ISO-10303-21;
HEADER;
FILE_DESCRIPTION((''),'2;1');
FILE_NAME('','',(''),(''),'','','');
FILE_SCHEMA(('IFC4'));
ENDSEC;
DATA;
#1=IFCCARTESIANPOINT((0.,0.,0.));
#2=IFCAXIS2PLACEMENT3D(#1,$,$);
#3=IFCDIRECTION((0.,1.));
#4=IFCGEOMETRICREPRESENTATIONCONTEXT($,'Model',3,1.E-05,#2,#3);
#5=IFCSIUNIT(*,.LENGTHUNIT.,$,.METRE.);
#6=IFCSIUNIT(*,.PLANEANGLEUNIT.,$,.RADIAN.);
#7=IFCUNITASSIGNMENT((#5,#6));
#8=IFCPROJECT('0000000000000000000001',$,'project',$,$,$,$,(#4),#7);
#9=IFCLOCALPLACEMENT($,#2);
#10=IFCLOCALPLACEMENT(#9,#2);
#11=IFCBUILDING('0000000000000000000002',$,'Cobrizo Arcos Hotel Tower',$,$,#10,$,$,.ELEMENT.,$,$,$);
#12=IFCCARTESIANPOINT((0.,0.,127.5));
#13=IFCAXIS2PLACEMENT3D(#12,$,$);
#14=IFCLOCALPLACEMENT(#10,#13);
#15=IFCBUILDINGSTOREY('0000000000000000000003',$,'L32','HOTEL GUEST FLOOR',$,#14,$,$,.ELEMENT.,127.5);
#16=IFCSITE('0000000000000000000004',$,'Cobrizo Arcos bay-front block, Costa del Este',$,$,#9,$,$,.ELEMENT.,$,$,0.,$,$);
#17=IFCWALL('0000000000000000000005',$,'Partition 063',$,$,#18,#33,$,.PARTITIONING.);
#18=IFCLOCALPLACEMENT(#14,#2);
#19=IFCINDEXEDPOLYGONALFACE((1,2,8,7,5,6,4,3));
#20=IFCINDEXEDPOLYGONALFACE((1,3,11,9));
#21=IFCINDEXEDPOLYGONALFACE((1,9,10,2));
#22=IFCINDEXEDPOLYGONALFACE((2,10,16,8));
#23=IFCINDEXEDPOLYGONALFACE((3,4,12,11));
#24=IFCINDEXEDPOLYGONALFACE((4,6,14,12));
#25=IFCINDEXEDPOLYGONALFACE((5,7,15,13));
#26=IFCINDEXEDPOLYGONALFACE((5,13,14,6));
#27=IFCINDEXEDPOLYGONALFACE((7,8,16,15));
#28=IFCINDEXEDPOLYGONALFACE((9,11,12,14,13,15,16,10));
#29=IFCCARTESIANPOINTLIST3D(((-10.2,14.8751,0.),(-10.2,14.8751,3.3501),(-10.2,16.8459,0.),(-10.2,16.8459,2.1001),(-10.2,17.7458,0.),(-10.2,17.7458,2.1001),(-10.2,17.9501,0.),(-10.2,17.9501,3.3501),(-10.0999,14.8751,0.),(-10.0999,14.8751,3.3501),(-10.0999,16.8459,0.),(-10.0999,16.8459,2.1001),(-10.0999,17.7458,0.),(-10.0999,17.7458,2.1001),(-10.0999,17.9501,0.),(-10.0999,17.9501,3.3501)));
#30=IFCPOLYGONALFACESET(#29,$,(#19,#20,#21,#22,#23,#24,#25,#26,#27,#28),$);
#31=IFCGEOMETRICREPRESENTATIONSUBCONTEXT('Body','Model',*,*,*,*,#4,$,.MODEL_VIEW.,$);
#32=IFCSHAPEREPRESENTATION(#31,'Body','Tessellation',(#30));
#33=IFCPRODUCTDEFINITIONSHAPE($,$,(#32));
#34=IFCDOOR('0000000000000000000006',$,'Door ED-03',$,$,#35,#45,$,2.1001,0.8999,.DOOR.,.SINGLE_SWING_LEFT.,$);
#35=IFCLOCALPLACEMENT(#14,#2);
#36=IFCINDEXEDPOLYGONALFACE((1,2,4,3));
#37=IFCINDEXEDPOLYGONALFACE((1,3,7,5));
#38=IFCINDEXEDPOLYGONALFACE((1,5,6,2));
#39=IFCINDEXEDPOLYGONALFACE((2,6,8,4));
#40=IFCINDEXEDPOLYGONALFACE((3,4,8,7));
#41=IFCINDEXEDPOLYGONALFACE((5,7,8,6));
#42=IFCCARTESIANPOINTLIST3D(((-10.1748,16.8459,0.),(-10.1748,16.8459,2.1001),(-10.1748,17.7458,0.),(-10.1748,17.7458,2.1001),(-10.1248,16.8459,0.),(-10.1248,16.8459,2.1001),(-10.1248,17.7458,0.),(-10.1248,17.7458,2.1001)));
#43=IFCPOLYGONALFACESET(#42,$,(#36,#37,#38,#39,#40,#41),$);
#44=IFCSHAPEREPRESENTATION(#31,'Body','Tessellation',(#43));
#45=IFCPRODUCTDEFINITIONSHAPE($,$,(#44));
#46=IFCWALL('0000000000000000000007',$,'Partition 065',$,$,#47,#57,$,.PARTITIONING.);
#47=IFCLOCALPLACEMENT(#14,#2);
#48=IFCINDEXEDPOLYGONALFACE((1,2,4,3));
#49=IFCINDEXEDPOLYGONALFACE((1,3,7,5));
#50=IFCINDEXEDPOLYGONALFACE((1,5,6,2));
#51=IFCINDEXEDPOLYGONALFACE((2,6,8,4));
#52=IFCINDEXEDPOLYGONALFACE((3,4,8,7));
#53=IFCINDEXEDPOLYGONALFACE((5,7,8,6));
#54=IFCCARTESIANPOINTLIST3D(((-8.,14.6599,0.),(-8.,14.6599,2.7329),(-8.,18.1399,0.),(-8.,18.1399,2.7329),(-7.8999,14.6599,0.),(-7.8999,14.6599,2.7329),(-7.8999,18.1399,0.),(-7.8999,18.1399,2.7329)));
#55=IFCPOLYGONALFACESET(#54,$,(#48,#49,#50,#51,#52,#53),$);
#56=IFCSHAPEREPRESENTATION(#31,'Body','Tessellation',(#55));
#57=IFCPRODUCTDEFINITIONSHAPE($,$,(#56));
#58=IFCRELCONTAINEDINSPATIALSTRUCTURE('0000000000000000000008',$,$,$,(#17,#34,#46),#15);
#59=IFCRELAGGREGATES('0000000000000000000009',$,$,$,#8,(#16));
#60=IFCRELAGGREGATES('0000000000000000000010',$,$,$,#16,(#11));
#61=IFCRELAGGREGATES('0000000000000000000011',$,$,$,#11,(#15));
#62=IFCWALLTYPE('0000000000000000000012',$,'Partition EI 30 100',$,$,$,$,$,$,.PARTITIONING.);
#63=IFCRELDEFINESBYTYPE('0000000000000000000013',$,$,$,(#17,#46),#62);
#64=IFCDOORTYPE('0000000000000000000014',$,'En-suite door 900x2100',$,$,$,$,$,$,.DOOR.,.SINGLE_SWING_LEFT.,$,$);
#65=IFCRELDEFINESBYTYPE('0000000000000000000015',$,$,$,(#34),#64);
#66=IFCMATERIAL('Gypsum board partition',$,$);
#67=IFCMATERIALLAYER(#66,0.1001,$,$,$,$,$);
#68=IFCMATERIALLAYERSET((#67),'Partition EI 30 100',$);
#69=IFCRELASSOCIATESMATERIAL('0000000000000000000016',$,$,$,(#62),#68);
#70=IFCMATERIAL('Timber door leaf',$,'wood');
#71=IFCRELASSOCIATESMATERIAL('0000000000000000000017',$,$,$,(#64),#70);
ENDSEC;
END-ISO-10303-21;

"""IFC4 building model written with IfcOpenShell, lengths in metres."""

from ifc_helpers import new_model, si_unit, direction, frame, frame_2d, origin, place, context, subcontext, project, spatial, rectangle, extrude, material, layer, layer_set, type_object, element, fill, save


model = new_model("IFC4")

# Units and contexts
model_context = context("Model", 3, precision=1e-05, world=origin(), true_north=direction((0.0, 1.0)))
body_context = subcontext(model_context, "Body", "Model", "MODEL_VIEW")
ifc_project = project(units=[si_unit("LENGTHUNIT", "METRE"), si_unit("PLANEANGLEUNIT", "RADIAN")], contexts=[model_context])

# Site, building, storey
site_placement = place(None, origin())
site = spatial("IfcSite", under=ifc_project, at=site_placement, Name="Cobrizo Arcos bay-front block, Costa del Este", CompositionType="ELEMENT", RefElevation=0.0)
building_placement = place(site_placement, origin())
building = spatial("IfcBuilding", under=site, at=building_placement, Name="Cobrizo Arcos Hotel Tower", CompositionType="ELEMENT")
storey_placement = place(building_placement, frame((0.0, 0.0, 127.5)))
storey = spatial("IfcBuildingStorey", under=building, at=storey_placement, Name="L32", Description="HOTEL GUEST FLOOR", CompositionType="ELEMENT", Elevation=127.5)

# Shared definitions
ifc_material_1 = material(Name="Gypsum board partition")
ifc_layer_1 = layer(ifc_material_1, 0.1001)
ifc_layer_set_1 = layer_set([ifc_layer_1], Name="Partition EI 30 100")
wall_type = type_object("IfcWallType", Name="Partition EI 30 100", PredefinedType="PARTITIONING", material=ifc_layer_set_1)

# Wall, opening, door
wall_1_placement = place(storey_placement, frame((-10.1499, 14.875, 0.0), z_axis=(0.0, 0.0, 1.0), x_axis=(0.0, 1.0, 0.0)))
wall_1 = element("IfcWall", 1, at=wall_1_placement, inside=storey, type_object=wall_type, Name="Partition 063", PredefinedType="PARTITIONING", context=body_context, shape_type="SweptSolid", body=[
    extrude(rectangle(XDim=3.075, YDim=0.1001, at=frame_2d((1.5376, 0.0))), origin(), (0.0, 0.0, 1.0), 3.3501),
])
opening_placement = place(wall_1_placement, frame((1.9709, 0.0, 0.0)))
opening = element("IfcOpeningElement", 2, at=opening_placement, cuts=wall_1, PredefinedType="OPENING", context=body_context, shape_type="SweptSolid", body=[
    extrude(rectangle(XDim=0.8999, YDim=2.1001, at=frame_2d((0.45, 1.05))), frame((0.0, 0.062, 0.0), z_axis=(0.0, -1.0, 0.0), x_axis=(1.0, 0.0, 0.0)), (0.0, 0.0, 1.0), 0.124),
])
ifc_material_2 = material(Name="Timber door leaf", Category="wood")
door_type = type_object("IfcDoorType", Name="En-suite door 900x2100", OperationType="SINGLE_SWING_LEFT", PredefinedType="DOOR", material=ifc_material_2)
door_placement = place(opening_placement, origin())
door = element("IfcDoor", 3, at=door_placement, inside=storey, type_object=door_type, Name="Door ED-03", OperationType="SINGLE_SWING_LEFT", OverallHeight=2.1001, OverallWidth=0.8999, PredefinedType="DOOR", context=body_context, shape_type="SweptSolid", body=[
    extrude(rectangle(XDim=0.8999, YDim=2.1001, at=frame_2d((0.45, 1.05))), frame((0.0, 0.0249, 0.0), z_axis=(0.0, -1.0, 0.0), x_axis=(1.0, 0.0, 0.0)), (0.0, 0.0, 1.0), 0.05),
])
fill(opening, door)

# Wall
wall_2_placement = place(storey_placement, frame((-7.95, 14.6599, 0.0), z_axis=(0.0, 0.0, 1.0), x_axis=(0.0, 1.0, 0.0)))
element("IfcWall", 4, at=wall_2_placement, inside=storey, type_object=wall_type, Name="Partition 065", PredefinedType="PARTITIONING", context=body_context, shape_type="SweptSolid", body=[
    extrude(rectangle(XDim=3.48, YDim=0.1001, at=frame_2d((1.74, 0.0))), origin(), (0.0, 0.0, 1.0), 2.7329),
])

save(model, "model.ifc")
